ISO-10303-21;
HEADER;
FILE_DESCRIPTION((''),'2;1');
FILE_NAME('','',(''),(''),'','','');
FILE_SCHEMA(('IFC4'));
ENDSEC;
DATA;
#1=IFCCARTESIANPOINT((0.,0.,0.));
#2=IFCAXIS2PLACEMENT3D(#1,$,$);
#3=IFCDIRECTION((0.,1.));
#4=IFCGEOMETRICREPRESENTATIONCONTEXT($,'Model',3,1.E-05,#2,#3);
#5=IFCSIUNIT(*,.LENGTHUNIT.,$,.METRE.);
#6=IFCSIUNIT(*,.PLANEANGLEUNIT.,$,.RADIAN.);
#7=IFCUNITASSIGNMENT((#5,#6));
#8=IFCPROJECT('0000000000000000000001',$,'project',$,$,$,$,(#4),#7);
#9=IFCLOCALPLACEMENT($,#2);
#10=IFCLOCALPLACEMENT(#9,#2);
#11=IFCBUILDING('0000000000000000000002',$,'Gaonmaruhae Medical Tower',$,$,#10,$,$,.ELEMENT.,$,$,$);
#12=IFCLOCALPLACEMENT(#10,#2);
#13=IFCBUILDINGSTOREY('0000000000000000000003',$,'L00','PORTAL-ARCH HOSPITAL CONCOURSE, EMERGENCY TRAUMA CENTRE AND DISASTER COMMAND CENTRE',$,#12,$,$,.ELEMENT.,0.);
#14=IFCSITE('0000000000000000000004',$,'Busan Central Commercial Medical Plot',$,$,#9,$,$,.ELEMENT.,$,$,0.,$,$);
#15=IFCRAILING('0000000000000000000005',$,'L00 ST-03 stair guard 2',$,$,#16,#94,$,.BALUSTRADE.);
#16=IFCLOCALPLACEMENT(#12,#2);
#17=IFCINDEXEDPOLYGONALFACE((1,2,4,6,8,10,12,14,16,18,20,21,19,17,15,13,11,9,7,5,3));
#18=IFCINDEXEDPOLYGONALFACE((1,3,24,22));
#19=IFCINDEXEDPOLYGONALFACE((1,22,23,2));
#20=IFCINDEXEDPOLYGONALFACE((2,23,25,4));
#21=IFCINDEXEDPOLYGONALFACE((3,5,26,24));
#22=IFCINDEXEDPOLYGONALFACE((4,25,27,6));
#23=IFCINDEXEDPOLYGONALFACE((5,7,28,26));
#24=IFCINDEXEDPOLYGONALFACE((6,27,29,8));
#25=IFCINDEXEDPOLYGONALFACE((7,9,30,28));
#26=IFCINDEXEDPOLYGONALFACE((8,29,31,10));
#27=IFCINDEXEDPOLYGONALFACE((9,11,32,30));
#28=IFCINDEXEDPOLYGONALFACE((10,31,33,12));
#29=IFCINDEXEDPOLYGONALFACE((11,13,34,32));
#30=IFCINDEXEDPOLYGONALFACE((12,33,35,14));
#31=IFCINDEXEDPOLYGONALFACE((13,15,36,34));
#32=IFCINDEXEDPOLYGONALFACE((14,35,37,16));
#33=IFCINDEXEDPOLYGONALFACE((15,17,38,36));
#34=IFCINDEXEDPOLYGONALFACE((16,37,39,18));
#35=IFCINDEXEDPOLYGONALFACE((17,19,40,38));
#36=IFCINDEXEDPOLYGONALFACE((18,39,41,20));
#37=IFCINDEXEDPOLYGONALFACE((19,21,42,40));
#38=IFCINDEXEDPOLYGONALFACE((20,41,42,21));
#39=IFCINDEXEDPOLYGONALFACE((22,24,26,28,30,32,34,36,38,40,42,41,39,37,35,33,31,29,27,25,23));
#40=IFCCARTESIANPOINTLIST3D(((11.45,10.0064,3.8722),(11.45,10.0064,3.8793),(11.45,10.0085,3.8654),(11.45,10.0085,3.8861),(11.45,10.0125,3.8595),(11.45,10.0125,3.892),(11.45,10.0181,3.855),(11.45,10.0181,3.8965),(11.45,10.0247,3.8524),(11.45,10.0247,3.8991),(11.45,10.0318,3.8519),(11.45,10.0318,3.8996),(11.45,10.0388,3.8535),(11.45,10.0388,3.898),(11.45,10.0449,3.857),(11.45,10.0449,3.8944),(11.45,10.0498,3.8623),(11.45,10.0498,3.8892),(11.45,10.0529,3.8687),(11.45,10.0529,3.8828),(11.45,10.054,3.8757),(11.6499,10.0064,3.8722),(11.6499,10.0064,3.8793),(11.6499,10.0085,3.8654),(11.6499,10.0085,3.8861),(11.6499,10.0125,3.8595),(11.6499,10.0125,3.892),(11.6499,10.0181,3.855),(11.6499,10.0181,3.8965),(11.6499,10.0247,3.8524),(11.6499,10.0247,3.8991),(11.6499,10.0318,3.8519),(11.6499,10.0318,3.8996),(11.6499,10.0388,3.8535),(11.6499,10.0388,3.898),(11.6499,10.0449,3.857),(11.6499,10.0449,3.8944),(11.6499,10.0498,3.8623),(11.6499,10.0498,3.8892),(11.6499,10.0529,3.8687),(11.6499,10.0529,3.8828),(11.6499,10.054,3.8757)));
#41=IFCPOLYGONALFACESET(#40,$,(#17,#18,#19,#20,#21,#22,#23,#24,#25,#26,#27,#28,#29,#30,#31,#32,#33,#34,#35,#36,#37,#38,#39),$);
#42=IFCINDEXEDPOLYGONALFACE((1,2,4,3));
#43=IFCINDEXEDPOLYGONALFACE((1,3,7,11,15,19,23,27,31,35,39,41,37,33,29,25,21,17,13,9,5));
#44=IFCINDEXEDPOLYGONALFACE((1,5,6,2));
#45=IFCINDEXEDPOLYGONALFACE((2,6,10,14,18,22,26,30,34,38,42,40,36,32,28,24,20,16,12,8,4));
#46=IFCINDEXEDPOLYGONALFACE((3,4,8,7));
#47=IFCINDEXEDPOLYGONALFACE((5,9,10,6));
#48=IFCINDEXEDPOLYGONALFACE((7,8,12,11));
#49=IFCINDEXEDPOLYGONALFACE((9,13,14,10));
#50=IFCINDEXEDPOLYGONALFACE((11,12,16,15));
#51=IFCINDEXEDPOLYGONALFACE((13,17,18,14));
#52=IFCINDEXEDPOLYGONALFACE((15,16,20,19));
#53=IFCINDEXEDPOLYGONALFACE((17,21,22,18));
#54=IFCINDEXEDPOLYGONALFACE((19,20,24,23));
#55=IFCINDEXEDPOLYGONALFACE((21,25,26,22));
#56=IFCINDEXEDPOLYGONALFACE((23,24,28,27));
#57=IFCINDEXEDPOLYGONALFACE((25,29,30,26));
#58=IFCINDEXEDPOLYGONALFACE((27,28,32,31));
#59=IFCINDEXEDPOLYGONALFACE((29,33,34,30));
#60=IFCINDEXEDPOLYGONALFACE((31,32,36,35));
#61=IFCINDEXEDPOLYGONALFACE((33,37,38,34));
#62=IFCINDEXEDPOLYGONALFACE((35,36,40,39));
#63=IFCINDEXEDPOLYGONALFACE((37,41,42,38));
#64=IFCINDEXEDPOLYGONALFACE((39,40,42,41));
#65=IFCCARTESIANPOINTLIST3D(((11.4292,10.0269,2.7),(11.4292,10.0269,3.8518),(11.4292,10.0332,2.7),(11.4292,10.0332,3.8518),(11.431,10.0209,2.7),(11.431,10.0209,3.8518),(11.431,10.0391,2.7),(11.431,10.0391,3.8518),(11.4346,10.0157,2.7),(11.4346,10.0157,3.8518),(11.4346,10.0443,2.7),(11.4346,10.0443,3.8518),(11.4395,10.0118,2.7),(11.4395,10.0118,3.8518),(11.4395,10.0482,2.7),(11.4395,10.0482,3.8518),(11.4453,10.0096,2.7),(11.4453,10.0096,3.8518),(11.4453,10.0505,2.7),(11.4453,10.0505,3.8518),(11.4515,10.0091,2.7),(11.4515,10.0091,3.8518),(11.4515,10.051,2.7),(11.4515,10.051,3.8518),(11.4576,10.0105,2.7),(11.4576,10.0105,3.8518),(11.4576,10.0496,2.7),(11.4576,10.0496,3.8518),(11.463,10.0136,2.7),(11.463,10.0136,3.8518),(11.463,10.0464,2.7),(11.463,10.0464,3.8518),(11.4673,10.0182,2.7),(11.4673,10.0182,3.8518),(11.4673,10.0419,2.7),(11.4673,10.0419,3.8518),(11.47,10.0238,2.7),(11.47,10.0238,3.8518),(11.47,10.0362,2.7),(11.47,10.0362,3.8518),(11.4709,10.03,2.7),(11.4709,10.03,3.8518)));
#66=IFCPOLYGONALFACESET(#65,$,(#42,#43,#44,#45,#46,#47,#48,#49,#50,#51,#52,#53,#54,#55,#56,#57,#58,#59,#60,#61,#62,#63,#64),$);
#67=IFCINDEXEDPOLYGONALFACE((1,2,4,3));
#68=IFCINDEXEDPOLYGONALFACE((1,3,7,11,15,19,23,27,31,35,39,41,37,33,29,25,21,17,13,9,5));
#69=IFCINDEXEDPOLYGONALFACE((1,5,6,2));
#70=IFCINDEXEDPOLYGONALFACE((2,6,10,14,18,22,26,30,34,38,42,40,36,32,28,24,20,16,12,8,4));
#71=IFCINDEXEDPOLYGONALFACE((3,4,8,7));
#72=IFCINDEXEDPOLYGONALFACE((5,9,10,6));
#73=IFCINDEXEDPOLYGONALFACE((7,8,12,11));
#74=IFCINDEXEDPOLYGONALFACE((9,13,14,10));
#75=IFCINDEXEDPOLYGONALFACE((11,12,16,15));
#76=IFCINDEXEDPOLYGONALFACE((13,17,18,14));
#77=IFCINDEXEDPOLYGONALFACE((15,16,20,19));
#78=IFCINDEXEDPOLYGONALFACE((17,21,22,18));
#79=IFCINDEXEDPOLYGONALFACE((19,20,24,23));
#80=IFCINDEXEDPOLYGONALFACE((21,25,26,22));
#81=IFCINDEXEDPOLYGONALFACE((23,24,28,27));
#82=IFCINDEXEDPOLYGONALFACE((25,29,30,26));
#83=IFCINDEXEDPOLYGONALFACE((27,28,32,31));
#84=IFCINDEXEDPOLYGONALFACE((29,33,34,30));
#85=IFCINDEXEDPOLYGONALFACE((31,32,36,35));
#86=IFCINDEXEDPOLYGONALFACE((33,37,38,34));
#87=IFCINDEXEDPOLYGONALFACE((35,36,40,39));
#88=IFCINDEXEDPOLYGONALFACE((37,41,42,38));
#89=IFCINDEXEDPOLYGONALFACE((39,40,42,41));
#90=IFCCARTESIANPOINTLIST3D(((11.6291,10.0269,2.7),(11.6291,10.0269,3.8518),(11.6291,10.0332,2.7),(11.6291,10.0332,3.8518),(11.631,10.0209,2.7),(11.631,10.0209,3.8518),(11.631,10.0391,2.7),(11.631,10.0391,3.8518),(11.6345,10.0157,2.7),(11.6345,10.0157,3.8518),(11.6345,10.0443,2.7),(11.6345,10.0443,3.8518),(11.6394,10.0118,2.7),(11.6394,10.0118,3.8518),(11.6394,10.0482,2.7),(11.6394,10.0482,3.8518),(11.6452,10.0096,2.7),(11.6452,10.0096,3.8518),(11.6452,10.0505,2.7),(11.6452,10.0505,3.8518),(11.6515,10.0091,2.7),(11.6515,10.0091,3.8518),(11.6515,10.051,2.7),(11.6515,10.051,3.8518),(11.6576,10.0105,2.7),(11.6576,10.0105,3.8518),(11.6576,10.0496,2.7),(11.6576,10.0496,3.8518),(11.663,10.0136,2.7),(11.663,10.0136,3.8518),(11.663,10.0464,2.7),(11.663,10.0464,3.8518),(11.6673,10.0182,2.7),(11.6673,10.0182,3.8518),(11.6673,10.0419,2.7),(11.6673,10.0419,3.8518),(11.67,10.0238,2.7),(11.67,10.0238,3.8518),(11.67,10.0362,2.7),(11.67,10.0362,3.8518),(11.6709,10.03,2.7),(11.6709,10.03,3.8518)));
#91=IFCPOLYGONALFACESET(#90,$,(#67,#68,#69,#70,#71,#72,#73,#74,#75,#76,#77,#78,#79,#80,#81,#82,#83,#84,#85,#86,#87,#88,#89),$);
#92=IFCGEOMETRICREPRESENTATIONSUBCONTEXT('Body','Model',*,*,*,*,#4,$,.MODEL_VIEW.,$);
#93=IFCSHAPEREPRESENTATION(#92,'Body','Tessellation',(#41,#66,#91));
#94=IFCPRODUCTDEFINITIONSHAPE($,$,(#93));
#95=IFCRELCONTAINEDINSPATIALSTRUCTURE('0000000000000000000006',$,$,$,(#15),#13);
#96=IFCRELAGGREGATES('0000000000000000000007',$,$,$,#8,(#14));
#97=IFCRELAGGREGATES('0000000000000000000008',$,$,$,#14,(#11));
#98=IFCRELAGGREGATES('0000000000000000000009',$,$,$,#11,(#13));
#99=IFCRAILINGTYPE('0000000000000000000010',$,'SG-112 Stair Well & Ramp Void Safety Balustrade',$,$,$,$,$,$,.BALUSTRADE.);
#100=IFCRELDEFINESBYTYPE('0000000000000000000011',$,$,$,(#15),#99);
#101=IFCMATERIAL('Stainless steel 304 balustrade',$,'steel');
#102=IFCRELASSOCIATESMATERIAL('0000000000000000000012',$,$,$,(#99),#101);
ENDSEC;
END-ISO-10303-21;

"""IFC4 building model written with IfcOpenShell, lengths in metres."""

from ifc_helpers import new_model, si_unit, direction, frame, origin, origin_2d, place, context, subcontext, project, spatial, circle, extrude, material, type_object, element, save


model = new_model("IFC4")

# Units and contexts
model_context = context("Model", 3, precision=1e-05, world=origin(), true_north=direction((0.0, 1.0)))
body_context = subcontext(model_context, "Body", "Model", "MODEL_VIEW")
ifc_project = project(units=[si_unit("LENGTHUNIT", "METRE"), si_unit("PLANEANGLEUNIT", "RADIAN")], contexts=[model_context])

# Site, building, storey
site_placement = place(None, origin())
site = spatial("IfcSite", under=ifc_project, at=site_placement, Name="Busan Central Commercial Medical Plot", CompositionType="ELEMENT", RefElevation=0.0)
building_placement = place(site_placement, origin())
building = spatial("IfcBuilding", under=site, at=building_placement, Name="Gaonmaruhae Medical Tower", CompositionType="ELEMENT")
storey_placement = place(building_placement, origin())
storey = spatial("IfcBuildingStorey", under=building, at=storey_placement, Name="L00", Description="PORTAL-ARCH HOSPITAL CONCOURSE, EMERGENCY TRAUMA CENTRE AND DISASTER COMMAND CENTRE", CompositionType="ELEMENT", Elevation=0.0)

# Railing
ifc_material_1 = material(Name="Stainless steel 304 balustrade", Category="steel")
railing_type_1 = type_object("IfcRailingType", Name="SG-112 Stair Well & Ramp Void Safety Balustrade", PredefinedType="BALUSTRADE", material=ifc_material_1)
railing_1_placement = place(storey_placement, frame((11.45, 10.03, 2.7)))
element("IfcRailing", 1, at=railing_1_placement, inside=storey, type_object=railing_type_1, Name="L00 ST-03 stair guard 2", PredefinedType="BALUSTRADE", context=body_context, shape_type="SweptSolid", body=[
    extrude(circle(Radius=0.0239, at=origin_2d()), frame((0.0, 0.0, 1.1758), z_axis=(1.0, 0.0, 0.0), x_axis=(0.0, 1.0, 0.0)), (0.0, 0.0, 1.0), 0.2),
    extrude(circle(Radius=0.021, at=origin_2d()), origin(), (0.0, 0.0, 1.0), 1.1519),
    extrude(circle(Radius=0.021, at=origin_2d()), frame((0.2, 0.0, 0.0)), (0.0, 0.0, 1.0), 1.1519),
])

save(model, "model.ifc")
